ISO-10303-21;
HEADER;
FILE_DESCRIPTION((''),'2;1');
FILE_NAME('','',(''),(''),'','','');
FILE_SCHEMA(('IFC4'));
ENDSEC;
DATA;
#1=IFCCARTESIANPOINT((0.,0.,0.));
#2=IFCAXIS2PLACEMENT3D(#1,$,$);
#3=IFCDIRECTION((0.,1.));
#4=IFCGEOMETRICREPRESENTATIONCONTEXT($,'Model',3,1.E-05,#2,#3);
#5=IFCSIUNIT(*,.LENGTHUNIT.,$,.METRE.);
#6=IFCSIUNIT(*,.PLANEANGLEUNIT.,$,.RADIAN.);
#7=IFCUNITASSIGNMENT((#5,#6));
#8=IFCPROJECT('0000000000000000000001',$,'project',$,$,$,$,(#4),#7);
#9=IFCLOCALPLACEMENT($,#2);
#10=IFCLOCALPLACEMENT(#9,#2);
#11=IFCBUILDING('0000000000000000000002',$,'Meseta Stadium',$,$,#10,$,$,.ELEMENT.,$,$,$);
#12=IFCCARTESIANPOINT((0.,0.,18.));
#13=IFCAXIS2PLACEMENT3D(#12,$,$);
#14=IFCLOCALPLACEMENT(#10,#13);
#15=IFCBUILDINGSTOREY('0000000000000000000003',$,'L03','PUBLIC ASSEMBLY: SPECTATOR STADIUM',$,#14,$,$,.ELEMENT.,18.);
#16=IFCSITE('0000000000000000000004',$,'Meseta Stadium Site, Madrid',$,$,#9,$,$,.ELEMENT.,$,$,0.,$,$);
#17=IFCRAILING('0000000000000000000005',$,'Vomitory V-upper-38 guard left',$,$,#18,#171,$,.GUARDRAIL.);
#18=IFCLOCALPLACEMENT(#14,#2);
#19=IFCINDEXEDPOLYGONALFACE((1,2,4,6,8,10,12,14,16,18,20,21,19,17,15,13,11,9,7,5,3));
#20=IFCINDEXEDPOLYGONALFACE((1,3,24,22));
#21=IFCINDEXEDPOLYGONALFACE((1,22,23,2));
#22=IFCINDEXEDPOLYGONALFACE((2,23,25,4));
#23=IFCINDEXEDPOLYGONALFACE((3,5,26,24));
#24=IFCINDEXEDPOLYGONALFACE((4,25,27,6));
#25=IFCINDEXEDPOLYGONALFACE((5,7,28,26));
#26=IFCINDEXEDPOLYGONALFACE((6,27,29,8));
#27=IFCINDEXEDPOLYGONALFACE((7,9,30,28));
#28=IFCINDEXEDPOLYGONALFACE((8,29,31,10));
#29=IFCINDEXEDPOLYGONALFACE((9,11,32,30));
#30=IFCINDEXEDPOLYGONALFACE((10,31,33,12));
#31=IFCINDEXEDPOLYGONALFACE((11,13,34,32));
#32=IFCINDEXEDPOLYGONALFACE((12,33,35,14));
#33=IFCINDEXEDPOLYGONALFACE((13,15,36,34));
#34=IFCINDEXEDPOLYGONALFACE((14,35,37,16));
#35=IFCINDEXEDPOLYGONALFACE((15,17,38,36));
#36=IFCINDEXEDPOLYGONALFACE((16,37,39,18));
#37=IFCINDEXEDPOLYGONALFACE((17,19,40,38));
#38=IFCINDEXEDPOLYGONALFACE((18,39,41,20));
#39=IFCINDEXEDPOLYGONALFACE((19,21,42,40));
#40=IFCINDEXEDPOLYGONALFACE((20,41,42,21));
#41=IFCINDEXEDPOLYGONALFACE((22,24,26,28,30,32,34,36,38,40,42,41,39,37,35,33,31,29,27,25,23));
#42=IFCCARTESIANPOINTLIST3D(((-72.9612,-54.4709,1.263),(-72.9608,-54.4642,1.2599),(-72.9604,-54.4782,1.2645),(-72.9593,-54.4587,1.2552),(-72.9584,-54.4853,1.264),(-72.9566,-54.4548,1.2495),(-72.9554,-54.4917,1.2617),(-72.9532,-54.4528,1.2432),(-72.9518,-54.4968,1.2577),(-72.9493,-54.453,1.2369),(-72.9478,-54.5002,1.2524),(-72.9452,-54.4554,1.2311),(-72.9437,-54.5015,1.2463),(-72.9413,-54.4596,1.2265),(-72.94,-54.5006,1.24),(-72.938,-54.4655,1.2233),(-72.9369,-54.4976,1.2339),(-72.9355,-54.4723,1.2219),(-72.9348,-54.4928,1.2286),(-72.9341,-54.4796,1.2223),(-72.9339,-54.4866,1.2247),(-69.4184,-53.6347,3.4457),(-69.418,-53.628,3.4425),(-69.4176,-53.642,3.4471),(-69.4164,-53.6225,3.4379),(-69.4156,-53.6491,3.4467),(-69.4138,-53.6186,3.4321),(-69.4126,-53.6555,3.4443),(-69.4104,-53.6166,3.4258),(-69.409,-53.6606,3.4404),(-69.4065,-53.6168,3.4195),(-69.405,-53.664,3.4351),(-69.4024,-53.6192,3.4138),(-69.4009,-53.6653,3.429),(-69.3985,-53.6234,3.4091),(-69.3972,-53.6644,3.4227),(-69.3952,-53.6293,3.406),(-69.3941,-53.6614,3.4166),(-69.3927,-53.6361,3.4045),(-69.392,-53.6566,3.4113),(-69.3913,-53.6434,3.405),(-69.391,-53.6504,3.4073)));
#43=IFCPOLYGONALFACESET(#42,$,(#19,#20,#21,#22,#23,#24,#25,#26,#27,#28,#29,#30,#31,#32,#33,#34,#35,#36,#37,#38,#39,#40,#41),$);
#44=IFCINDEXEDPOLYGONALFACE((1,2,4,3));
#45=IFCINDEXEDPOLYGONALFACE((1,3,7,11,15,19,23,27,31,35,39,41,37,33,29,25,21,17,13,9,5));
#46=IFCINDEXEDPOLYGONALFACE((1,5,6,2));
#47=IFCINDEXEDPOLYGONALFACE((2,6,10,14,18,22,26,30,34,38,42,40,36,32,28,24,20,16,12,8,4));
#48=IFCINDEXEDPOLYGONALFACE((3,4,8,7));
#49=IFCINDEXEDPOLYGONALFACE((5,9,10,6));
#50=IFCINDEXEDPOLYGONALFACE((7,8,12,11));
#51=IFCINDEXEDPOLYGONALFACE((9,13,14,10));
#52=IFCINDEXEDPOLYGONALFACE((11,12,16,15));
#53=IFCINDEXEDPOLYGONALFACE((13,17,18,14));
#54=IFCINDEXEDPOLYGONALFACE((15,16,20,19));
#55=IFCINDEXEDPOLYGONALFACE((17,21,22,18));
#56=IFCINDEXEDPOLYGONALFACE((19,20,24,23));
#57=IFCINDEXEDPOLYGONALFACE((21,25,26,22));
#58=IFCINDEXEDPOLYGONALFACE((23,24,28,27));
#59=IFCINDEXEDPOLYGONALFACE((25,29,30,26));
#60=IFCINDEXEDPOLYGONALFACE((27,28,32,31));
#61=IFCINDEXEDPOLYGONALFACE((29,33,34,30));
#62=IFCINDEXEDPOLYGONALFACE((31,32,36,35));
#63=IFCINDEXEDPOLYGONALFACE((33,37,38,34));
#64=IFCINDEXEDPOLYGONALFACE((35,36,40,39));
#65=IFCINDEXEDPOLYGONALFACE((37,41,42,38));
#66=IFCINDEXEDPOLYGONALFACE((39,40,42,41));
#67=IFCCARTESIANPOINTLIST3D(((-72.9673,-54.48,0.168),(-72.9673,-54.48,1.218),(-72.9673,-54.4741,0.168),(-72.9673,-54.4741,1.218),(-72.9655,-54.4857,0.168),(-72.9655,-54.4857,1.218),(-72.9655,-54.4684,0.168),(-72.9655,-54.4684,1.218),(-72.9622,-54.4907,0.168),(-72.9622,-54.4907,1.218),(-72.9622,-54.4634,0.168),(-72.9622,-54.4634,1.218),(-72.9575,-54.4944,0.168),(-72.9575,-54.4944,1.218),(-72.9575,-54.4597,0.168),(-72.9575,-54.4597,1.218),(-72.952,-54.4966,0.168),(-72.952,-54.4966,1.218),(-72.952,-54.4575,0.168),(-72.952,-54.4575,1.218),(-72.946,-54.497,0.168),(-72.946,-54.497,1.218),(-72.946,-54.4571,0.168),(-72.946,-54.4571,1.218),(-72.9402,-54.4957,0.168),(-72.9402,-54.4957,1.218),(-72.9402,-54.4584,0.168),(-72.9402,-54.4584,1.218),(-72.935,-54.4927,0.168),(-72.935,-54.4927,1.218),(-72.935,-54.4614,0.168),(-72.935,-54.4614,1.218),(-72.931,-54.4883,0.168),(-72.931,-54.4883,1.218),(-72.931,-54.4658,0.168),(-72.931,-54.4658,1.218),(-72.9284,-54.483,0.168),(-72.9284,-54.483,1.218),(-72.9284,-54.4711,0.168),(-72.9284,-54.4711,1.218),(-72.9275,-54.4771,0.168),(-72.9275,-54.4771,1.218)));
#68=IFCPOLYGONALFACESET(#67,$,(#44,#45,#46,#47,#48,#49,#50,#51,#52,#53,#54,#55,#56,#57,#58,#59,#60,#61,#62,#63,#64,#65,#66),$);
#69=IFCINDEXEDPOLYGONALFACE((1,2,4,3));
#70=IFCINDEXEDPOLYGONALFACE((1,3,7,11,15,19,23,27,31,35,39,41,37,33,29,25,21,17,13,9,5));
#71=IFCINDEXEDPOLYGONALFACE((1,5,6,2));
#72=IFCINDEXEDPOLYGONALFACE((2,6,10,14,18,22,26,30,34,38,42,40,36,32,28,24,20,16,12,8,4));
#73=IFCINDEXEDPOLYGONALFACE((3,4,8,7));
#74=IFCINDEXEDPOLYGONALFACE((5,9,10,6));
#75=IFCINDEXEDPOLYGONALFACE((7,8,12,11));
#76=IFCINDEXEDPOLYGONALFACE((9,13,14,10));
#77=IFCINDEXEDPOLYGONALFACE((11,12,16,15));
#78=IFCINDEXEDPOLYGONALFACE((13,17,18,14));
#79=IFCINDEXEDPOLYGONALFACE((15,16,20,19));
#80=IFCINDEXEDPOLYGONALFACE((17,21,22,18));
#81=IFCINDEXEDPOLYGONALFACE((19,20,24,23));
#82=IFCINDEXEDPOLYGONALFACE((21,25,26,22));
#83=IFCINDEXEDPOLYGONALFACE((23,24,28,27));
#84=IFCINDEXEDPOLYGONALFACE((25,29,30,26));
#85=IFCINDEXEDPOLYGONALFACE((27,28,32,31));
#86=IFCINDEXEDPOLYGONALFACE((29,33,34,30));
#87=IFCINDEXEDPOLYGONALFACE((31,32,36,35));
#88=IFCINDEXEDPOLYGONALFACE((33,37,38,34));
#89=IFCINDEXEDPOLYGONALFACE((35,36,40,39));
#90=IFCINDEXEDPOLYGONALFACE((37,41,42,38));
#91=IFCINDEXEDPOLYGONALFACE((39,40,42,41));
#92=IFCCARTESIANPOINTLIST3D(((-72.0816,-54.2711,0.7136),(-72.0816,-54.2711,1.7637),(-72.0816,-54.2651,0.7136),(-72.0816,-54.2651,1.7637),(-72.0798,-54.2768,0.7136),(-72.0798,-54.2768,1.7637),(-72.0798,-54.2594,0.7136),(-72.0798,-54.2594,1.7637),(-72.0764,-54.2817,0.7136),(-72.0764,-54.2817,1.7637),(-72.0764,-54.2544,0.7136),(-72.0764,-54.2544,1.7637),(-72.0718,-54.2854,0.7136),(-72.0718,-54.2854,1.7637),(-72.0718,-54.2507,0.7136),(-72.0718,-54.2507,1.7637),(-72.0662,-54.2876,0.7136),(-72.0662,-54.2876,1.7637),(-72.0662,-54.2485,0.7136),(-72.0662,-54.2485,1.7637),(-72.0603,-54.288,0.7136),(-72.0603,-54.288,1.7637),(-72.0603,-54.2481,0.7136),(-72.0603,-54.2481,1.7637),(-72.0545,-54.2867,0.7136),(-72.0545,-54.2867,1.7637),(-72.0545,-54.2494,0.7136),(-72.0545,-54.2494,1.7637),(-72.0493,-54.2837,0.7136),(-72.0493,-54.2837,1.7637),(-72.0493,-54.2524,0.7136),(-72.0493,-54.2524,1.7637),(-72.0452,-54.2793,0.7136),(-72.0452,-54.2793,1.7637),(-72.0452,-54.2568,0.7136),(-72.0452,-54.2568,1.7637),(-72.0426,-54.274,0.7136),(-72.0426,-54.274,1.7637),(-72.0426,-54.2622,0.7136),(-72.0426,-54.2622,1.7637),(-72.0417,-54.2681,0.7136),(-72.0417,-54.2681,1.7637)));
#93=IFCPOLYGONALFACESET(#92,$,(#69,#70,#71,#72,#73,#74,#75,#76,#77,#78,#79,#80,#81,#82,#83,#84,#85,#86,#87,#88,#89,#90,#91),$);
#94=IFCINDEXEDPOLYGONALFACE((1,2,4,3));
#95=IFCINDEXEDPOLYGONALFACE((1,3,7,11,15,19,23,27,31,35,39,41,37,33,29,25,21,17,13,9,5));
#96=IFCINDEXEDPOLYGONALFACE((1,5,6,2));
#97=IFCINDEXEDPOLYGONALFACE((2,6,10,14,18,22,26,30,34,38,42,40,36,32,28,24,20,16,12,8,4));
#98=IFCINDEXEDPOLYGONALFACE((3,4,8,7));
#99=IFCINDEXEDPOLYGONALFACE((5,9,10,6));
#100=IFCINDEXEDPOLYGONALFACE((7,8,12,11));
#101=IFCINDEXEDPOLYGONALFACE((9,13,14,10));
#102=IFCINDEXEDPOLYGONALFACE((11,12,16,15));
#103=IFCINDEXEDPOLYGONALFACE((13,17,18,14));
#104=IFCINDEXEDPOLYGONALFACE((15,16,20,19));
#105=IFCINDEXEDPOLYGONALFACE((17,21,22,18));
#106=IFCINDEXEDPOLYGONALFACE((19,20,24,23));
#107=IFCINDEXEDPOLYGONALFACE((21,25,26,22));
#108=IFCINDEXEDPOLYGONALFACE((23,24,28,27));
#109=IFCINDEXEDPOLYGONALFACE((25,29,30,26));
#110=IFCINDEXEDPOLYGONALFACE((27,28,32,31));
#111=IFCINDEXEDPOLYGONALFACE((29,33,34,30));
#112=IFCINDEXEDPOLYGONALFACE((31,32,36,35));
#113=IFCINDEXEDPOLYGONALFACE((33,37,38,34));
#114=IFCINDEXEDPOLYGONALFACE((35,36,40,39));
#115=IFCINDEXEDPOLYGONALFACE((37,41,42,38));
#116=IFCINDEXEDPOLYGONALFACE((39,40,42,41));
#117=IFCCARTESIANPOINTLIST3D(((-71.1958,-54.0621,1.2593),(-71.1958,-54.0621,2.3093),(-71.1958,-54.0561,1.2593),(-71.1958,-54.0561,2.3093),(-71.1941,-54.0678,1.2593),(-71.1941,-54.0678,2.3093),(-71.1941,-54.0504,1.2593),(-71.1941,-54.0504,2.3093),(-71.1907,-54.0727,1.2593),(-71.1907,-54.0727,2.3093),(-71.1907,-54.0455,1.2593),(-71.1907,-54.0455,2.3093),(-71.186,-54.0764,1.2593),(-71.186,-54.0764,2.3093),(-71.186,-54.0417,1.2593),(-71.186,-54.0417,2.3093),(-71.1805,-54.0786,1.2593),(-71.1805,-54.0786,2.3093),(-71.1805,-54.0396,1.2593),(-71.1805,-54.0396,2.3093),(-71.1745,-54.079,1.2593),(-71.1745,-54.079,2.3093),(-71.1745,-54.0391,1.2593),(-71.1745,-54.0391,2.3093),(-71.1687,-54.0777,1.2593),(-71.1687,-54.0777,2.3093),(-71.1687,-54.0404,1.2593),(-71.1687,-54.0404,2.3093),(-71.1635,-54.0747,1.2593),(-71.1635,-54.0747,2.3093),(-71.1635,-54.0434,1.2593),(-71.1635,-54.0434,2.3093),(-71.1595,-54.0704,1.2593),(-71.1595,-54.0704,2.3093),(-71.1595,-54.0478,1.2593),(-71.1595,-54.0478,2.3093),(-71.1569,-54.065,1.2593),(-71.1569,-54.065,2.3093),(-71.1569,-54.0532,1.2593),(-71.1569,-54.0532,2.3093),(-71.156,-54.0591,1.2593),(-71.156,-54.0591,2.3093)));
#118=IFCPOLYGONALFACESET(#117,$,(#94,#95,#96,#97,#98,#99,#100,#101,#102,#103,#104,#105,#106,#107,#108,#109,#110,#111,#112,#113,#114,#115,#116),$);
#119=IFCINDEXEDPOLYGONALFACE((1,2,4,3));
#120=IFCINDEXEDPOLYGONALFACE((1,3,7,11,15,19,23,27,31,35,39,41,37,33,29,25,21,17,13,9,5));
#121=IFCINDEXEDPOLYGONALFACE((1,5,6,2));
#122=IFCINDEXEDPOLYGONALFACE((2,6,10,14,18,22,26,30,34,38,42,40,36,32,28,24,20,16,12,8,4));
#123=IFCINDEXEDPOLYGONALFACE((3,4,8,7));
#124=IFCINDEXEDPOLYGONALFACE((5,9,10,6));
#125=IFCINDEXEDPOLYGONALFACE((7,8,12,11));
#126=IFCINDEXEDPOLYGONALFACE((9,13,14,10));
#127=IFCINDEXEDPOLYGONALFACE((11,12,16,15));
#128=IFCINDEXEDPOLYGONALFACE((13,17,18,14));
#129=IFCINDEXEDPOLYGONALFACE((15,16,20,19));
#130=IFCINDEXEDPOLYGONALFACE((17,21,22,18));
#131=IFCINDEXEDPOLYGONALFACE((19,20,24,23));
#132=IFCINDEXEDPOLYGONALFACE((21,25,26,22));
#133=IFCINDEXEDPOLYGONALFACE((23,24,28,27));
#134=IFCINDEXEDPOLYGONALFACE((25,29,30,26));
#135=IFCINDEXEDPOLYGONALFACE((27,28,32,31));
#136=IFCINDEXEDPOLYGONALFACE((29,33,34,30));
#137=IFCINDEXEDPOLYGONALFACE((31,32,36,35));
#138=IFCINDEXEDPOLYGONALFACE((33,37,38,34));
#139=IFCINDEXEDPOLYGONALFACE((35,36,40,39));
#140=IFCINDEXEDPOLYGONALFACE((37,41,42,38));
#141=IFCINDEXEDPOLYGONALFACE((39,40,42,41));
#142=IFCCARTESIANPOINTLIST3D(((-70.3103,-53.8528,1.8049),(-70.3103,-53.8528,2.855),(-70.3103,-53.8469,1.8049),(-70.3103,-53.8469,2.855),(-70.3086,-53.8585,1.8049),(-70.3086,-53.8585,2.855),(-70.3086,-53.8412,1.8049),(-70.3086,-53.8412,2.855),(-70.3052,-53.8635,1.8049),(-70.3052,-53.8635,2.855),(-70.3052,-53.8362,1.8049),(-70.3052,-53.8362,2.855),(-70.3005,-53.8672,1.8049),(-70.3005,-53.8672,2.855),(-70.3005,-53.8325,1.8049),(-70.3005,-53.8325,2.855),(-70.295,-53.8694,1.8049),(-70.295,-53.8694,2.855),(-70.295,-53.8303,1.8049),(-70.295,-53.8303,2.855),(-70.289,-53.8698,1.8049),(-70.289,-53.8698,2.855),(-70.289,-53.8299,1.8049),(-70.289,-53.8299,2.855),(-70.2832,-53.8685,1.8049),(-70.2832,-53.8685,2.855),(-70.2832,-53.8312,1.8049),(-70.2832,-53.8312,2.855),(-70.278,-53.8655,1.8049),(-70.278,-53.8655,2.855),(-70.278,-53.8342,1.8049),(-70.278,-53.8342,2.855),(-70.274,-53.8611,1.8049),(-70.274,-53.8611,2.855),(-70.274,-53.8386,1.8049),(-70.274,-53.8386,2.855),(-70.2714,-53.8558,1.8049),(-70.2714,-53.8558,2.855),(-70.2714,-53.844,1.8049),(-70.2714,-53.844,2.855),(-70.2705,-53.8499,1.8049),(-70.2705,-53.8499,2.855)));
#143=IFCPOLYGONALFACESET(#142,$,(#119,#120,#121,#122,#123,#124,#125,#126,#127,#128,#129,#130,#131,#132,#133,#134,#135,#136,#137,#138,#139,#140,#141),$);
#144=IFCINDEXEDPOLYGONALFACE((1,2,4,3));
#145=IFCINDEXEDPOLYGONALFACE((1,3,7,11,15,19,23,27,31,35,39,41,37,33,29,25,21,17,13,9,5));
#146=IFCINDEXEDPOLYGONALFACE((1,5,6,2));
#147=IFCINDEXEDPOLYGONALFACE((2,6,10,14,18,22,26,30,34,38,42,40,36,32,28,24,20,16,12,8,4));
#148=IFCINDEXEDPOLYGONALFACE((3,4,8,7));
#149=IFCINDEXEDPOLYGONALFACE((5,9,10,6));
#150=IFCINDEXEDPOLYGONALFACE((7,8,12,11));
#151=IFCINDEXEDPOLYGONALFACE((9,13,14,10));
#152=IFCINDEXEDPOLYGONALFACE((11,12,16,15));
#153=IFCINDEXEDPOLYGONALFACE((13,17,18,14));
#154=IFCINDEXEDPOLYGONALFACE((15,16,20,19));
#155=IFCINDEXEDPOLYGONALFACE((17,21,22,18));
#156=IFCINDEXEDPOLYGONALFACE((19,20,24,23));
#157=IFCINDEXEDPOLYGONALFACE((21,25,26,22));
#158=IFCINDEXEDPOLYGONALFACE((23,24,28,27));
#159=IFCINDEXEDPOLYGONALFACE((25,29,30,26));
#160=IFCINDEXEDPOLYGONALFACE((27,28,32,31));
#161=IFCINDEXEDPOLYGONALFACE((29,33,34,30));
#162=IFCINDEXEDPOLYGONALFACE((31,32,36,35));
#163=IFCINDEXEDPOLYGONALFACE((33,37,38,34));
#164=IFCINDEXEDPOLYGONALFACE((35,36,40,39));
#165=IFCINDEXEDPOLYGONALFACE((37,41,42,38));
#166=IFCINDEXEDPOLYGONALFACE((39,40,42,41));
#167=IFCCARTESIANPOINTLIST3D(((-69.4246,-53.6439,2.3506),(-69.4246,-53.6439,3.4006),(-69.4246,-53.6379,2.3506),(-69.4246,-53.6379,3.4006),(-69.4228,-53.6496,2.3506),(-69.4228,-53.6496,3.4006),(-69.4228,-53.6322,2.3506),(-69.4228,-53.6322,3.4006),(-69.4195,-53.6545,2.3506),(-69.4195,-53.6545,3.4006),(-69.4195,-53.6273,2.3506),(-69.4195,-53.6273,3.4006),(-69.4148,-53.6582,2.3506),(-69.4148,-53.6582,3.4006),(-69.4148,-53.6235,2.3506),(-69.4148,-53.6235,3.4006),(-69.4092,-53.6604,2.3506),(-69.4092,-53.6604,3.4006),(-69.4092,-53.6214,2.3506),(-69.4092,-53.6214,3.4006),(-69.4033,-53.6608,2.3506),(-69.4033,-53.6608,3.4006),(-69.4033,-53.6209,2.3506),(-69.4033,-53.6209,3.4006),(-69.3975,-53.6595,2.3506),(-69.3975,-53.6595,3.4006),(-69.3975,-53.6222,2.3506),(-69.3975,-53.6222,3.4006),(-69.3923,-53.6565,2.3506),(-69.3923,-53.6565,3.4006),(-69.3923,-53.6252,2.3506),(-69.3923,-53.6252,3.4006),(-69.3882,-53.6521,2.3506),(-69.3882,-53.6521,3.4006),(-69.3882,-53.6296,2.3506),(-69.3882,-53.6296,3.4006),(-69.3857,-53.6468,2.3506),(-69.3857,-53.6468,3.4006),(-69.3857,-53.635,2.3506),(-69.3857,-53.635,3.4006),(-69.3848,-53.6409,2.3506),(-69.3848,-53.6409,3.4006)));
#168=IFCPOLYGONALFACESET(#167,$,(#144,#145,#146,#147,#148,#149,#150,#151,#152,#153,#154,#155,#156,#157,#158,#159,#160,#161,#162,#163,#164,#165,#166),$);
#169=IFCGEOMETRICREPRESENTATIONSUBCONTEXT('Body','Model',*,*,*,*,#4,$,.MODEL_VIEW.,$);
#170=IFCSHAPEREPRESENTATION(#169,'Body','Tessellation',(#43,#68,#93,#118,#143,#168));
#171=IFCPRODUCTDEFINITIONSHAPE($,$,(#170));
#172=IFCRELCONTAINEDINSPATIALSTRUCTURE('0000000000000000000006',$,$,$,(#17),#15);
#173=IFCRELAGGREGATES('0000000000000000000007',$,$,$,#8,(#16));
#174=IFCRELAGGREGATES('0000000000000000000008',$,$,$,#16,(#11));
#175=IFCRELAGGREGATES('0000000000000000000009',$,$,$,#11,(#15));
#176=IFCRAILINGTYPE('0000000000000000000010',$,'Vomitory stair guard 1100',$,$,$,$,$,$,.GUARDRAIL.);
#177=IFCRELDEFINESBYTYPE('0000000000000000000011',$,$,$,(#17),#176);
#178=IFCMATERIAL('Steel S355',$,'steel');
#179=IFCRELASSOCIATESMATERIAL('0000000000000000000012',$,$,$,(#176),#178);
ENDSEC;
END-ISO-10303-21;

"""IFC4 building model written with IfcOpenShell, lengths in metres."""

from ifc_helpers import new_model, si_unit, direction, frame, origin, origin_2d, place, context, subcontext, project, spatial, circle, extrude, material, type_object, element, save


model = new_model("IFC4")

# Units and contexts
model_context = context("Model", 3, precision=1e-05, world=origin(), true_north=direction((0.0, 1.0)))
body_context = subcontext(model_context, "Body", "Model", "MODEL_VIEW")
ifc_project = project(units=[si_unit("LENGTHUNIT", "METRE"), si_unit("PLANEANGLEUNIT", "RADIAN")], contexts=[model_context])

# Site, building, storey
site_placement = place(None, origin())
site = spatial("IfcSite", under=ifc_project, at=site_placement, Name="Meseta Stadium Site, Madrid", CompositionType="ELEMENT", RefElevation=0.0)
building_placement = place(site_placement, origin())
building = spatial("IfcBuilding", under=site, at=building_placement, Name="Meseta Stadium", CompositionType="ELEMENT")
storey_placement = place(building_placement, frame((0.0, 0.0, 18.0)))
storey = spatial("IfcBuildingStorey", under=building, at=storey_placement, Name="L03", Description="PUBLIC ASSEMBLY: SPECTATOR STADIUM", CompositionType="ELEMENT", Elevation=18.0)

# Railing
ifc_material_1 = material(Name="Steel S355", Category="steel")
railing_type_1 = type_object("IfcRailingType", Name="Vomitory stair guard 1100", PredefinedType="GUARDRAIL", material=ifc_material_1)
for number, where, name in (
    (1, (-72.9475, -54.4771, 0.168), "Vomitory V-upper-38 guard left"),
):
    element("IfcRailing", number, at=place(storey_placement, frame(where)), inside=storey, type_object=railing_type_1, Name=name, PredefinedType="GUARDRAIL", context=body_context, shape_type="SweptSolid", body=[
        extrude(circle(Radius=0.0249, at=origin_2d()), frame((0.0, 0.0, 1.0752), z_axis=(0.834706, 0.197014, 0.514249), x_axis=(-0.229716, 0.973258, 0.0)), (0.0, 0.0, 1.0), 4.2444),
        extrude(circle(Radius=0.02, at=origin_2d()), origin(), (0.0, 0.0, 1.0), 1.05),
        extrude(circle(Radius=0.02, at=origin_2d()), frame((0.8857, 0.209, 0.5457)), (0.0, 0.0, 1.0), 1.05),
        extrude(circle(Radius=0.02, at=origin_2d()), frame((1.7715, 0.418, 1.0913)), (0.0, 0.0, 1.0), 1.05),
        extrude(circle(Radius=0.02, at=origin_2d()), frame((2.657, 0.6272, 1.637)), (0.0, 0.0, 1.0), 1.05),
        extrude(circle(Radius=0.02, at=origin_2d()), frame((3.5427, 0.8362, 2.1826)), (0.0, 0.0, 1.0), 1.05),
    ])

save(model, "model.ifc")
